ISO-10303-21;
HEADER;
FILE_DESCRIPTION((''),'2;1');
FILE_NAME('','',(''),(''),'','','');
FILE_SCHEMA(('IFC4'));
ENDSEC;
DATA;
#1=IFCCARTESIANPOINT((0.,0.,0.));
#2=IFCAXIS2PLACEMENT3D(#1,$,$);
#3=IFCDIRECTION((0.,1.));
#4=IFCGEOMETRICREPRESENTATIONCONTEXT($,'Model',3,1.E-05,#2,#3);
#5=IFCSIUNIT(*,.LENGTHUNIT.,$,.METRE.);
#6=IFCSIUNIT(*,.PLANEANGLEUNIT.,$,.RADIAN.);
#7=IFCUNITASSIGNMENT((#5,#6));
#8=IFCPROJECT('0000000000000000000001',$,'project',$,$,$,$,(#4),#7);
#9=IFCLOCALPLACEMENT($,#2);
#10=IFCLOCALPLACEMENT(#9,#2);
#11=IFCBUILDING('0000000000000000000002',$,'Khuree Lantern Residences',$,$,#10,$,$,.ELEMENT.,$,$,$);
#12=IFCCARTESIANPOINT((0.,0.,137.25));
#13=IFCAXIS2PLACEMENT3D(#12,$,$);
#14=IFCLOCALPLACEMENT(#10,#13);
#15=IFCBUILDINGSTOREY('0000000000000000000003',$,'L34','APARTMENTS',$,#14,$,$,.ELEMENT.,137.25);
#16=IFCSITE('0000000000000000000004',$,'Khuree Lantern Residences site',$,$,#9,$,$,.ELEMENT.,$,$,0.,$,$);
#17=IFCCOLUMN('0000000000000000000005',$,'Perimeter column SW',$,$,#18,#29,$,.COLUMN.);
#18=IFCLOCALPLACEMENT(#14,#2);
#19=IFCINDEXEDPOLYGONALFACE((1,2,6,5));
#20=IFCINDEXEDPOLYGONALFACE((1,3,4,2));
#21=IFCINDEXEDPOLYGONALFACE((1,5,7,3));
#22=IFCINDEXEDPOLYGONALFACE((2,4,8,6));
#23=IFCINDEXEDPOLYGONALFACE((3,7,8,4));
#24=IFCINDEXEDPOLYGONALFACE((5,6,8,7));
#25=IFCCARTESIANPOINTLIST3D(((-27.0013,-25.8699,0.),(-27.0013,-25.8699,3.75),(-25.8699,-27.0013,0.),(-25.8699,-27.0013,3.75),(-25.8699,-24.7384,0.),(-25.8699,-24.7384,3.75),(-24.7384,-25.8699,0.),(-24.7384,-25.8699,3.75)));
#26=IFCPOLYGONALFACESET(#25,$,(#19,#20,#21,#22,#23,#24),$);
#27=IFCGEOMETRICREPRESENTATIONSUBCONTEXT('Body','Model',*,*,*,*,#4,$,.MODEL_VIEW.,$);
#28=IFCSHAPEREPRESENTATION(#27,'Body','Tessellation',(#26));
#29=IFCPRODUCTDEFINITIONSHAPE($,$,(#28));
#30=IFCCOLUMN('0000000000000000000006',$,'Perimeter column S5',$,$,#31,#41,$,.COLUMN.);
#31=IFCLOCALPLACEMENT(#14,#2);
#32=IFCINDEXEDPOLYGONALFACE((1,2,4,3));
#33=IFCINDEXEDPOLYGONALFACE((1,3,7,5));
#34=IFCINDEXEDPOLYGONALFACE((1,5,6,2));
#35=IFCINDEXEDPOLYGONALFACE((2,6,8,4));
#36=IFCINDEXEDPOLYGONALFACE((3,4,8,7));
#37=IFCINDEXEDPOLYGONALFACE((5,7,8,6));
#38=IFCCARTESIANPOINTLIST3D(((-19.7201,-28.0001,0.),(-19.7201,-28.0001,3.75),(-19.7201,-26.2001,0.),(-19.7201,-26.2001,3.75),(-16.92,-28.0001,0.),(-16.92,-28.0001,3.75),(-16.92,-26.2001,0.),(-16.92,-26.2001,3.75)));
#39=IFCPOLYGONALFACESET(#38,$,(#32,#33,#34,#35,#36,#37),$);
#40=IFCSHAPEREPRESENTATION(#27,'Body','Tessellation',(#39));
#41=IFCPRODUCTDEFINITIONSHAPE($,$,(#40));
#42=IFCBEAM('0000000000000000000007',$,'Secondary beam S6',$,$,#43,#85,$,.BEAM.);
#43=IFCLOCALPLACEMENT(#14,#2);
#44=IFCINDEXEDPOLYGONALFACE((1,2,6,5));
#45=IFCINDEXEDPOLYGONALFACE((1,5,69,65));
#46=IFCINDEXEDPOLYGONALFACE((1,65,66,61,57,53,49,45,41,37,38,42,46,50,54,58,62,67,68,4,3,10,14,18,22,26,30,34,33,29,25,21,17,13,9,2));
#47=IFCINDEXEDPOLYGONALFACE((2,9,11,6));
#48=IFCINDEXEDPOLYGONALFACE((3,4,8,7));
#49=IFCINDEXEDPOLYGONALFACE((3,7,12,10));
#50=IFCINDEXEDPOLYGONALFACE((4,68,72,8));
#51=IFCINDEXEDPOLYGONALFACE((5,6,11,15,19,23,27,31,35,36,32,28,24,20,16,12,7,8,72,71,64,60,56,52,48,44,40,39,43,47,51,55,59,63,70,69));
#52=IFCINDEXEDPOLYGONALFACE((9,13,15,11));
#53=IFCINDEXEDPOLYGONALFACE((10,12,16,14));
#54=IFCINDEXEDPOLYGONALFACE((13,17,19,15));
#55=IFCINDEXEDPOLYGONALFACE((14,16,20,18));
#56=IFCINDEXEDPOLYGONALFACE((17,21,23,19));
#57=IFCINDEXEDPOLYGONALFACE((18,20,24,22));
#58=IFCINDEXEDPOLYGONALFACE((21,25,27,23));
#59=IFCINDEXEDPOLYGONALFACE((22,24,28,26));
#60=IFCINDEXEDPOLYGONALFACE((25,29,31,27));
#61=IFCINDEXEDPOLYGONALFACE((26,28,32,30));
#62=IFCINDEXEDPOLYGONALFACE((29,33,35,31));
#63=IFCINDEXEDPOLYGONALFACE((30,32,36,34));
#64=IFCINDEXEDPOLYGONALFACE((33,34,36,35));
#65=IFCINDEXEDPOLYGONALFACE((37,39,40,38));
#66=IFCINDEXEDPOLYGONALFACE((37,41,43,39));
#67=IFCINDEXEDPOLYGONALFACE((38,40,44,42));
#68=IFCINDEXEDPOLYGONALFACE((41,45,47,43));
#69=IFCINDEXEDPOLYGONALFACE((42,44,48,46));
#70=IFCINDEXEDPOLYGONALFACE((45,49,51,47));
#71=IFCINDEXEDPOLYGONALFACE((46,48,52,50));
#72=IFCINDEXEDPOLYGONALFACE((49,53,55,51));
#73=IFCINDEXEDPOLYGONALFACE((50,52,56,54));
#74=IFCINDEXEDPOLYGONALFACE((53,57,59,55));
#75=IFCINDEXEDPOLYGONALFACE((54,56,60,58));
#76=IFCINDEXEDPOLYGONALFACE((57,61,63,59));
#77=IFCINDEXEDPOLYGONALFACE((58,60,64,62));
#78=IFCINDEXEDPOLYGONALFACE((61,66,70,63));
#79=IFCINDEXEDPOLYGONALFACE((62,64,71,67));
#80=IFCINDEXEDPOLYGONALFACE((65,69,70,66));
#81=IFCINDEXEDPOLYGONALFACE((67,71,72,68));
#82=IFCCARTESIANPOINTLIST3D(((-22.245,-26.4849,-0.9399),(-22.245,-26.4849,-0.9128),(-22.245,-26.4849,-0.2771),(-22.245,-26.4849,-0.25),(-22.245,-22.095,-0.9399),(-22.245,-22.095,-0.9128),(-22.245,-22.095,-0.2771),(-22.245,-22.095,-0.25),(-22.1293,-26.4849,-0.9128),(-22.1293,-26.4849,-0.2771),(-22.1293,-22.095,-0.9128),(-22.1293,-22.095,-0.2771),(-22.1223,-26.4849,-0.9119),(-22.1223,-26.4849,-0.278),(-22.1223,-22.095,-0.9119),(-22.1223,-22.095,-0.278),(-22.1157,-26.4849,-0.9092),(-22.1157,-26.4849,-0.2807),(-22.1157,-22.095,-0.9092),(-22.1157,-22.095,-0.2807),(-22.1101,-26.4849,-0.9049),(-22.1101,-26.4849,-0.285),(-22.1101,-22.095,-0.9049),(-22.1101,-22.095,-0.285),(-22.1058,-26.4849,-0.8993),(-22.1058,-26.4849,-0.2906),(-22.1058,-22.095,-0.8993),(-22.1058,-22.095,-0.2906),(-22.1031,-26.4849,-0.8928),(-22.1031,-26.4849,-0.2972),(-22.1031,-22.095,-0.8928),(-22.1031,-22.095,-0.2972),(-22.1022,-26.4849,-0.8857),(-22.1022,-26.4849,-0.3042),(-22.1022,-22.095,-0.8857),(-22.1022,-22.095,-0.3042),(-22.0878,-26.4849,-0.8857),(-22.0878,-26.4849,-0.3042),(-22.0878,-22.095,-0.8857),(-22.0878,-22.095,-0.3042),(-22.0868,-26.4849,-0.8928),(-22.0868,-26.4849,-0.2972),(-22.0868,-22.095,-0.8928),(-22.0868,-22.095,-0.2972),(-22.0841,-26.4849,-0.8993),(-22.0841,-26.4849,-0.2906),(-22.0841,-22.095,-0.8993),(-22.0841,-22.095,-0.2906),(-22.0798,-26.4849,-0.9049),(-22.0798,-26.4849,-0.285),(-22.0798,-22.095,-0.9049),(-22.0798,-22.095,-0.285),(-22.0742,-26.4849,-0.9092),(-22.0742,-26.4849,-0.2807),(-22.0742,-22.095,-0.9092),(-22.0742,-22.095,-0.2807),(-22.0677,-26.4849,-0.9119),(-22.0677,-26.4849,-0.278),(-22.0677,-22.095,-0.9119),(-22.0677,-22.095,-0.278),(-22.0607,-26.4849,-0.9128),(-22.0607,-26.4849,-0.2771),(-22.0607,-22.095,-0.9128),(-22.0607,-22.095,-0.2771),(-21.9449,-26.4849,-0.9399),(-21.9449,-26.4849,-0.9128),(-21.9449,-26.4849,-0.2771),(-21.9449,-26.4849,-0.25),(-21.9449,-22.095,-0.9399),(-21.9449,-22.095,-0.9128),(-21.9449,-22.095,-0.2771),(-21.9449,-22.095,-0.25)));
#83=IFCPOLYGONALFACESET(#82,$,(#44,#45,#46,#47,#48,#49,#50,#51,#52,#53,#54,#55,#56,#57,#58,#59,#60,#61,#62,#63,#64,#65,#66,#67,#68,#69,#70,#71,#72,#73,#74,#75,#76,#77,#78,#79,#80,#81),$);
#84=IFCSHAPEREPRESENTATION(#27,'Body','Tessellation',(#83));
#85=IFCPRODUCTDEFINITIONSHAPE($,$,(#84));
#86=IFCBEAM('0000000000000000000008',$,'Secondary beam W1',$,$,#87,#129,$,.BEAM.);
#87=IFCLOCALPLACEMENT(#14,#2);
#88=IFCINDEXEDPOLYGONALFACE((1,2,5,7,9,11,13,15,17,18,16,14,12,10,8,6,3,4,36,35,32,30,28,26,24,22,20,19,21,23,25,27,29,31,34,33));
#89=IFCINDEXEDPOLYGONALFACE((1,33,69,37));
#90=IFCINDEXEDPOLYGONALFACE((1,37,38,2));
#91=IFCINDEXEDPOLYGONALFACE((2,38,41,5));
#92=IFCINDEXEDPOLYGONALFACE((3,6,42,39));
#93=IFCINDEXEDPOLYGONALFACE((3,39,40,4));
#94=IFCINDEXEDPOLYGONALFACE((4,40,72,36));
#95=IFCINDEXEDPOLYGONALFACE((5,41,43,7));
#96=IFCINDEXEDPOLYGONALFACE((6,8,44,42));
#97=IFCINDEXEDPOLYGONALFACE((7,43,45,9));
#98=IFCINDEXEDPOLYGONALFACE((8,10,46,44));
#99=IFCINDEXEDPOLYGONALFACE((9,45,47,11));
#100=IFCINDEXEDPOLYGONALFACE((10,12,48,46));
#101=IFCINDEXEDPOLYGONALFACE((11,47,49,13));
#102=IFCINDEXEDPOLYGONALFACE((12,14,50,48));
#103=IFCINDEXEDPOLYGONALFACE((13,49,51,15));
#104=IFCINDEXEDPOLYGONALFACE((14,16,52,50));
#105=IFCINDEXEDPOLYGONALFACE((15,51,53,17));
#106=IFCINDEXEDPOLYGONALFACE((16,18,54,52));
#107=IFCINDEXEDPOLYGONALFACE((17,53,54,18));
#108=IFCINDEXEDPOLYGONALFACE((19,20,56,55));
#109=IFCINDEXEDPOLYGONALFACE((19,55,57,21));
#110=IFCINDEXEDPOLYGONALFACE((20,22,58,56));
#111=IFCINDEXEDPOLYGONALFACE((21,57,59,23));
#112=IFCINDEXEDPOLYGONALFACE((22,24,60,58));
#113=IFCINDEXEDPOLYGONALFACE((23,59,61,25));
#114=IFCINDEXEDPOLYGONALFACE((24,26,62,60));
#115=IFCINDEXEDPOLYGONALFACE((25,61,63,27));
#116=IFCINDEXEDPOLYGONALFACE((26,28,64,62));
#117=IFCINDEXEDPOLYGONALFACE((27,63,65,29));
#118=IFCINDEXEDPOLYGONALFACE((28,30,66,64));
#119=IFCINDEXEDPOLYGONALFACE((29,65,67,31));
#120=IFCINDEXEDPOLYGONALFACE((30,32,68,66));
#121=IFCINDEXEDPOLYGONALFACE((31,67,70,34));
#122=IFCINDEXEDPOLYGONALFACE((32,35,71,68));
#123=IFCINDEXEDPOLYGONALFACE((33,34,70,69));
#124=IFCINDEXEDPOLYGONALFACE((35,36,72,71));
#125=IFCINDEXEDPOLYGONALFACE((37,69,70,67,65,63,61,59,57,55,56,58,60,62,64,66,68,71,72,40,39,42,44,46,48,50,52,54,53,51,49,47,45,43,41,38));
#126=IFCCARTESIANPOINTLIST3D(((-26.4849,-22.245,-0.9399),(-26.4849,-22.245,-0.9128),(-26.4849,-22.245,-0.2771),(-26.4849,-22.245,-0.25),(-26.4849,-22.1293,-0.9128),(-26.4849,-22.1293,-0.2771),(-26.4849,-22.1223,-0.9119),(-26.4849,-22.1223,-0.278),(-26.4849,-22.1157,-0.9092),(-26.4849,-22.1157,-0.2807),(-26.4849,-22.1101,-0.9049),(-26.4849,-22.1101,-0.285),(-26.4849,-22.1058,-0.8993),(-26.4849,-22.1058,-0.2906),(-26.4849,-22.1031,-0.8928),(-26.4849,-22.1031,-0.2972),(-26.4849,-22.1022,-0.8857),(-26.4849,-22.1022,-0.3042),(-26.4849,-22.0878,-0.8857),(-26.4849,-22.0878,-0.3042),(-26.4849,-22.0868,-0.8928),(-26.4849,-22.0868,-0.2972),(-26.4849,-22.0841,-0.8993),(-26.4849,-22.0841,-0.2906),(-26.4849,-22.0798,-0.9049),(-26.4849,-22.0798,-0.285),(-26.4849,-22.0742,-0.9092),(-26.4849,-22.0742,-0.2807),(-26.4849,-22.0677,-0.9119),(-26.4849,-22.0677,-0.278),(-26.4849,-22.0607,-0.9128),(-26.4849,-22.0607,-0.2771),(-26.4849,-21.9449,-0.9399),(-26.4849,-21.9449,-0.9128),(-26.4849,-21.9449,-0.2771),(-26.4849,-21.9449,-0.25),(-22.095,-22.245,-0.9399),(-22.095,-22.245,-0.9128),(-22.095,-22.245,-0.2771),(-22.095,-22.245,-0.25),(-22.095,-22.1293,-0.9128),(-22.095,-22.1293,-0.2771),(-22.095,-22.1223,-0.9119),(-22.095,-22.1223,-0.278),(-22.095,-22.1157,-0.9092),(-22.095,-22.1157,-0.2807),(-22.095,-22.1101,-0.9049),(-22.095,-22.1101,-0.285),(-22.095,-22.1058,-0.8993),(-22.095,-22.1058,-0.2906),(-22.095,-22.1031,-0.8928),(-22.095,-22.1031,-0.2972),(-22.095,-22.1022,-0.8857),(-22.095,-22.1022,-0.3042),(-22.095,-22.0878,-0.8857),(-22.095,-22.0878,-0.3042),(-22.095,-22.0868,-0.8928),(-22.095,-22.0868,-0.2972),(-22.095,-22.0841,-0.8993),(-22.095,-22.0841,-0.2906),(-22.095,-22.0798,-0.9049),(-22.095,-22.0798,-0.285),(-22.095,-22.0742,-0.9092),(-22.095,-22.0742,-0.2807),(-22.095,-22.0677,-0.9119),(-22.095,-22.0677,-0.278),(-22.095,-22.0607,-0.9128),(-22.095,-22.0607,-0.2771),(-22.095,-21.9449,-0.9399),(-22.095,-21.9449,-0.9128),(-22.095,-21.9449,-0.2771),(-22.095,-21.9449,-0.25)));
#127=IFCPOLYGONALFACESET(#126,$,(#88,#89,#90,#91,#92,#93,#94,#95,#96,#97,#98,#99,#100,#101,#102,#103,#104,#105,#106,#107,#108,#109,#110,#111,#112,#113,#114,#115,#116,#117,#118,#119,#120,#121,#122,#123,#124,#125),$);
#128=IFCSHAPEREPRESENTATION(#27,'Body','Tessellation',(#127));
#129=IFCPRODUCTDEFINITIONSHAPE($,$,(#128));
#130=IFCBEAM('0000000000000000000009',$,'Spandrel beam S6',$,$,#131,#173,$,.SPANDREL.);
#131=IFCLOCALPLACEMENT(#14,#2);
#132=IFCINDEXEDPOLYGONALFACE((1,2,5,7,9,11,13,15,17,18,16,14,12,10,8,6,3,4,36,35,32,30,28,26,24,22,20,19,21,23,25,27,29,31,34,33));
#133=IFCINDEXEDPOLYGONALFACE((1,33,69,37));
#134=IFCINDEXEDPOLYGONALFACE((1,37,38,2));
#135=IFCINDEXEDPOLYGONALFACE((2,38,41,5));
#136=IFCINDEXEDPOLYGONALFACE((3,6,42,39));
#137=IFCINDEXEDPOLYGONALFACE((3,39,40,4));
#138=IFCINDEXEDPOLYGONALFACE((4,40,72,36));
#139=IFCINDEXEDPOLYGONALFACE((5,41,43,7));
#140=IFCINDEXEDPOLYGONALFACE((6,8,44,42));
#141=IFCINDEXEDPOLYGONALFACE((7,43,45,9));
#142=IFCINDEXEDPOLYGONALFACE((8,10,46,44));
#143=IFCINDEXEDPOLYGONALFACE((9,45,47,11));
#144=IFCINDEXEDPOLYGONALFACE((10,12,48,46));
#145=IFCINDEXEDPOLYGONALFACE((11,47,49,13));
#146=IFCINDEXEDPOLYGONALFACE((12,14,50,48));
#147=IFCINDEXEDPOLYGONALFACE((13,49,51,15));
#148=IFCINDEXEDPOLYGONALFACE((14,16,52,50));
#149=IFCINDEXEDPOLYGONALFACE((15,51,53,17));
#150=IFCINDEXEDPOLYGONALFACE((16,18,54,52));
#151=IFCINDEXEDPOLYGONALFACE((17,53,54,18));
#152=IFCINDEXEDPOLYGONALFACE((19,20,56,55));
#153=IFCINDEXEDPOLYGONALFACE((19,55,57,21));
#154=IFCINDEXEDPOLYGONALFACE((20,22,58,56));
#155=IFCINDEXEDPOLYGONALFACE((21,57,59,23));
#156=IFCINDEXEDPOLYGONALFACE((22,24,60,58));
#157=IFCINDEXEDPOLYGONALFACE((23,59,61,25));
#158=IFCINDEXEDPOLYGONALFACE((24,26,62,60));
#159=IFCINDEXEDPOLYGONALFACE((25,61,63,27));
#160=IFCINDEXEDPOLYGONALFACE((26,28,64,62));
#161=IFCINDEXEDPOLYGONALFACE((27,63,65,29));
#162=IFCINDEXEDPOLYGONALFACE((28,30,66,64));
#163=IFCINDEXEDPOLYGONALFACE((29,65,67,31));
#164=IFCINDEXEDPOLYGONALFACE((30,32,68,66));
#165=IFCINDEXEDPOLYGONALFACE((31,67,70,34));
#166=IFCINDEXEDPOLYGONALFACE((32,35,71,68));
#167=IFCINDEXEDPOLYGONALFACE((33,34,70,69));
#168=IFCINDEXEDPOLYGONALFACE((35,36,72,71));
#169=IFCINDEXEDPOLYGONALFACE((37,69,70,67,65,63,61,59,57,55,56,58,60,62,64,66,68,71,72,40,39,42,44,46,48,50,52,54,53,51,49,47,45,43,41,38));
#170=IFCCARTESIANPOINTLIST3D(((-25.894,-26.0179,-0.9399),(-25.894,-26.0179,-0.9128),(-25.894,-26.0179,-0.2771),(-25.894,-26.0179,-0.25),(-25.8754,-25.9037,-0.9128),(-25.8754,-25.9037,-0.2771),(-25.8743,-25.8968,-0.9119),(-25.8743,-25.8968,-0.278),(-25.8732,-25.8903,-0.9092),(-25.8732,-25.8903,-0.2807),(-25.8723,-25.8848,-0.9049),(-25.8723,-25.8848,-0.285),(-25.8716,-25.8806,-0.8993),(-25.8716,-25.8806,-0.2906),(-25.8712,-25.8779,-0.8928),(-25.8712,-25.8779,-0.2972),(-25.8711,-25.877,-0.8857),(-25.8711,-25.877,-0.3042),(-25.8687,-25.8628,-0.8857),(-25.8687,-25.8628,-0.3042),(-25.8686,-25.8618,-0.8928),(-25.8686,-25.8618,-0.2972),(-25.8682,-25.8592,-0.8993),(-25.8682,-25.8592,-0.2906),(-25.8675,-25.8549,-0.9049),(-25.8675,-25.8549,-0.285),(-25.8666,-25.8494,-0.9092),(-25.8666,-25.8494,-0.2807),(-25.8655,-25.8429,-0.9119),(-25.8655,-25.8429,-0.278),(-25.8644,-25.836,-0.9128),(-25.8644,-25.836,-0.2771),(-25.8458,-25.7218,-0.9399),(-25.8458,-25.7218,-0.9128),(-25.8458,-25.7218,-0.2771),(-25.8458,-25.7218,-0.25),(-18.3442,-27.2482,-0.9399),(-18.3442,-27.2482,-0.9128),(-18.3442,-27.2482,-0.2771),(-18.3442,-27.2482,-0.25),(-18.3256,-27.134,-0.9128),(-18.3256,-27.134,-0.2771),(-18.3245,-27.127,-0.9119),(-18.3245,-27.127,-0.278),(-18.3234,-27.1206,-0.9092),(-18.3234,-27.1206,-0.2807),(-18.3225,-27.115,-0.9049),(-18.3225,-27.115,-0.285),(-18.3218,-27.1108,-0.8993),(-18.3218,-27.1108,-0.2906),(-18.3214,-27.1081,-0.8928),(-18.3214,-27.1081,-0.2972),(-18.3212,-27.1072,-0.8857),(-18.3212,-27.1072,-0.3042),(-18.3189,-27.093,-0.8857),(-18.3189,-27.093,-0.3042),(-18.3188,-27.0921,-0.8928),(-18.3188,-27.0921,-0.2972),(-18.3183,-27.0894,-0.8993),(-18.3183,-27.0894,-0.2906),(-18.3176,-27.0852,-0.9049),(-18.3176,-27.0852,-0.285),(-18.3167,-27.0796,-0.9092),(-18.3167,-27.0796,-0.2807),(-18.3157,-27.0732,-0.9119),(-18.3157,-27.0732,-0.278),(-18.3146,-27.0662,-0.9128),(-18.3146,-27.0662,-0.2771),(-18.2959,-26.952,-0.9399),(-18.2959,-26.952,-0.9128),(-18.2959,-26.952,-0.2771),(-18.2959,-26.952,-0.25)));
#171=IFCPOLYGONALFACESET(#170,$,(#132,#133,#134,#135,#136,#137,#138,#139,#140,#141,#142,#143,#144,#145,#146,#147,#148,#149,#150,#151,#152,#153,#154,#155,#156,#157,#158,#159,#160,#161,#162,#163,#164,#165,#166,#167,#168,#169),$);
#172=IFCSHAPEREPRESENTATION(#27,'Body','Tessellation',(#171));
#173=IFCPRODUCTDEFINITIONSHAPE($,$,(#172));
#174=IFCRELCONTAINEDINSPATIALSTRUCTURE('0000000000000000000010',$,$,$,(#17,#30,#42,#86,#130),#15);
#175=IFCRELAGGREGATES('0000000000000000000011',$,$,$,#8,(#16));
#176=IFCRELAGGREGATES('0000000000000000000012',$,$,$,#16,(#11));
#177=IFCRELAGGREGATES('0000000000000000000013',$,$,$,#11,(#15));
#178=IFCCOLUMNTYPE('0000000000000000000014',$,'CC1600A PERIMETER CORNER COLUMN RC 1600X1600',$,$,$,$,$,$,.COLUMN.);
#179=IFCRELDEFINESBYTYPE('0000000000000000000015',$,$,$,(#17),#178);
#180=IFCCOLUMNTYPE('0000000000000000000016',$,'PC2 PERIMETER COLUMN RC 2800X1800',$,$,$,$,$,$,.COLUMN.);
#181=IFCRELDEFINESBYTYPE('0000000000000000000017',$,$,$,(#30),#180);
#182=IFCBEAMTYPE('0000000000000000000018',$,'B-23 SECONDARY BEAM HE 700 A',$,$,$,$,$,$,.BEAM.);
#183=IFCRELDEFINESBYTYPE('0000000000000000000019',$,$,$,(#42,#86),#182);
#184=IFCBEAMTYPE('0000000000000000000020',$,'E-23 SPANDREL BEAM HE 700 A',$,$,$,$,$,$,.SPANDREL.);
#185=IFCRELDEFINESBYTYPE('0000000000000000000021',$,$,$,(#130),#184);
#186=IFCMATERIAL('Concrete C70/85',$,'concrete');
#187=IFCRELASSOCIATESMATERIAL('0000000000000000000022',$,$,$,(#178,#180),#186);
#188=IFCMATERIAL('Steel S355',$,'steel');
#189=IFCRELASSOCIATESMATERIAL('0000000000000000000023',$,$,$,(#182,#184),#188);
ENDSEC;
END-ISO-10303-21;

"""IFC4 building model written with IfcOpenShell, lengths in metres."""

from ifc_helpers import new_model, si_unit, direction, frame, origin, origin_2d, place, context, subcontext, project, spatial, rectangle, i_section, extrude, material, material_profile, profile_set, type_object, element, save


model = new_model("IFC4")

# Units and contexts
model_context = context("Model", 3, precision=1e-05, world=origin(), true_north=direction((0.0, 1.0)))
body_context = subcontext(model_context, "Body", "Model", "MODEL_VIEW")
ifc_project = project(units=[si_unit("LENGTHUNIT", "METRE"), si_unit("PLANEANGLEUNIT", "RADIAN")], contexts=[model_context])

# Site, building, storey
site_placement = place(None, origin())
site = spatial("IfcSite", under=ifc_project, at=site_placement, Name="Khuree Lantern Residences site", CompositionType="ELEMENT", RefElevation=0.0)
building_placement = place(site_placement, origin())
building = spatial("IfcBuilding", under=site, at=building_placement, Name="Khuree Lantern Residences", CompositionType="ELEMENT")
storey_placement = place(building_placement, frame((0.0, 0.0, 137.25)))
storey = spatial("IfcBuildingStorey", under=building, at=storey_placement, Name="L34", Description="APARTMENTS", CompositionType="ELEMENT", Elevation=137.25)

# Columns
ifc_material_1 = material(Name="Concrete C70/85", Category="concrete")
ifc_material_profile_1 = material_profile(ifc_material_1, rectangle(XDim=1.6001, YDim=1.6001, at=origin_2d()), Name="RC 1600X1600")
ifc_profile_set_1 = profile_set([ifc_material_profile_1], Name="Concrete C70/85")
column_type_1 = type_object("IfcColumnType", Name="CC1600A PERIMETER CORNER COLUMN RC 1600X1600", PredefinedType="COLUMN", material=ifc_profile_set_1)
column_1_placement = place(storey_placement, frame((-25.8699, -25.8699, 0.0), z_axis=(0.0, 0.0, 1.0), x_axis=(0.707107, -0.707107, 0.0)))
element("IfcColumn", 1, at=column_1_placement, inside=storey, type_object=column_type_1, Name="Perimeter column SW", PredefinedType="COLUMN", context=body_context, shape_type="SweptSolid", body=[
    extrude(rectangle(XDim=1.6001, YDim=1.6001, at=origin_2d()), origin(), (0.0, 0.0, 1.0), 3.75),
])
ifc_material_profile_2 = material_profile(ifc_material_1, rectangle(XDim=2.8, YDim=1.8, at=origin_2d()), Name="RC 2800X1800")
ifc_profile_set_2 = profile_set([ifc_material_profile_2], Name="Concrete C70/85")
column_type_2 = type_object("IfcColumnType", Name="PC2 PERIMETER COLUMN RC 2800X1800", PredefinedType="COLUMN", material=ifc_profile_set_2)
column_2_placement = place(storey_placement, frame((-18.3201, -27.1001, 0.0), z_axis=(0.0, 0.0, 1.0), x_axis=(1.0, 0.0, 0.0)))
element("IfcColumn", 2, at=column_2_placement, inside=storey, type_object=column_type_2, Name="Perimeter column S5", PredefinedType="COLUMN", context=body_context, shape_type="SweptSolid", body=[
    extrude(rectangle(XDim=2.8, YDim=1.8, at=origin_2d()), origin(), (0.0, 0.0, 1.0), 3.75),
])

# Beams
ifc_material_2 = material(Name="Steel S355", Category="steel")
ifc_material_profile_3 = material_profile(ifc_material_2, i_section(OverallWidth=0.3, OverallDepth=0.6899, WebThickness=0.0144, FlangeThickness=0.0271, FilletRadius=0.0271, at=origin_2d()), Name="HE 700 A")
ifc_profile_set_3 = profile_set([ifc_material_profile_3], Name="Steel S355")
beam_type_1 = type_object("IfcBeamType", Name="B-23 SECONDARY BEAM HE 700 A", PredefinedType="BEAM", material=ifc_profile_set_3)
for number, where, z_axis, x_axis, name in (
    (3, (-22.095, -26.4849, -0.595), (0.0, 1.0, 0.0), (-1.0, 0.0, 0.0), "Secondary beam S6"),
    (4, (-26.4849, -22.095, -0.595), (1.0, 0.0, 0.0), (0.0, 1.0, 0.0), "Secondary beam W1"),
):
    element("IfcBeam", number, at=place(storey_placement, frame(where, z_axis=z_axis, x_axis=x_axis)), inside=storey, type_object=beam_type_1, Name=name, PredefinedType="BEAM", context=body_context, shape_type="SweptSolid", body=[
        extrude(i_section(OverallWidth=0.3, OverallDepth=0.6899, WebThickness=0.0144, FlangeThickness=0.0271, FilletRadius=0.0271, at=origin_2d()), origin(), (0.0, 0.0, 1.0), 4.3899),
    ])
ifc_material_profile_4 = material_profile(ifc_material_2, i_section(OverallWidth=0.3, OverallDepth=0.6899, WebThickness=0.0144, FlangeThickness=0.0271, FilletRadius=0.0271, at=origin_2d()), Name="HE 700 A")
ifc_profile_set_4 = profile_set([ifc_material_profile_4], Name="Steel S355")
beam_type_2 = type_object("IfcBeamType", Name="E-23 SPANDREL BEAM HE 700 A", PredefinedType="SPANDREL", material=ifc_profile_set_4)
for number, where, z_axis, x_axis, name in (
    (5, (-18.3201, -27.1001, -0.595), (-0.986983, 0.160827, 0.0), (-0.160827, -0.986983, 0.0), "Spandrel beam S6"),
):
    element("IfcBeam", number, at=place(storey_placement, frame(where, z_axis=z_axis, x_axis=x_axis)), inside=storey, type_object=beam_type_2, Name=name, PredefinedType="SPANDREL", context=body_context, shape_type="SweptSolid", body=[
        extrude(i_section(OverallWidth=0.3, OverallDepth=0.6899, WebThickness=0.0144, FlangeThickness=0.0271, FilletRadius=0.0271, at=origin_2d()), origin(), (0.0, 0.0, 1.0), 7.6494),
    ])

save(model, "model.ifc")
